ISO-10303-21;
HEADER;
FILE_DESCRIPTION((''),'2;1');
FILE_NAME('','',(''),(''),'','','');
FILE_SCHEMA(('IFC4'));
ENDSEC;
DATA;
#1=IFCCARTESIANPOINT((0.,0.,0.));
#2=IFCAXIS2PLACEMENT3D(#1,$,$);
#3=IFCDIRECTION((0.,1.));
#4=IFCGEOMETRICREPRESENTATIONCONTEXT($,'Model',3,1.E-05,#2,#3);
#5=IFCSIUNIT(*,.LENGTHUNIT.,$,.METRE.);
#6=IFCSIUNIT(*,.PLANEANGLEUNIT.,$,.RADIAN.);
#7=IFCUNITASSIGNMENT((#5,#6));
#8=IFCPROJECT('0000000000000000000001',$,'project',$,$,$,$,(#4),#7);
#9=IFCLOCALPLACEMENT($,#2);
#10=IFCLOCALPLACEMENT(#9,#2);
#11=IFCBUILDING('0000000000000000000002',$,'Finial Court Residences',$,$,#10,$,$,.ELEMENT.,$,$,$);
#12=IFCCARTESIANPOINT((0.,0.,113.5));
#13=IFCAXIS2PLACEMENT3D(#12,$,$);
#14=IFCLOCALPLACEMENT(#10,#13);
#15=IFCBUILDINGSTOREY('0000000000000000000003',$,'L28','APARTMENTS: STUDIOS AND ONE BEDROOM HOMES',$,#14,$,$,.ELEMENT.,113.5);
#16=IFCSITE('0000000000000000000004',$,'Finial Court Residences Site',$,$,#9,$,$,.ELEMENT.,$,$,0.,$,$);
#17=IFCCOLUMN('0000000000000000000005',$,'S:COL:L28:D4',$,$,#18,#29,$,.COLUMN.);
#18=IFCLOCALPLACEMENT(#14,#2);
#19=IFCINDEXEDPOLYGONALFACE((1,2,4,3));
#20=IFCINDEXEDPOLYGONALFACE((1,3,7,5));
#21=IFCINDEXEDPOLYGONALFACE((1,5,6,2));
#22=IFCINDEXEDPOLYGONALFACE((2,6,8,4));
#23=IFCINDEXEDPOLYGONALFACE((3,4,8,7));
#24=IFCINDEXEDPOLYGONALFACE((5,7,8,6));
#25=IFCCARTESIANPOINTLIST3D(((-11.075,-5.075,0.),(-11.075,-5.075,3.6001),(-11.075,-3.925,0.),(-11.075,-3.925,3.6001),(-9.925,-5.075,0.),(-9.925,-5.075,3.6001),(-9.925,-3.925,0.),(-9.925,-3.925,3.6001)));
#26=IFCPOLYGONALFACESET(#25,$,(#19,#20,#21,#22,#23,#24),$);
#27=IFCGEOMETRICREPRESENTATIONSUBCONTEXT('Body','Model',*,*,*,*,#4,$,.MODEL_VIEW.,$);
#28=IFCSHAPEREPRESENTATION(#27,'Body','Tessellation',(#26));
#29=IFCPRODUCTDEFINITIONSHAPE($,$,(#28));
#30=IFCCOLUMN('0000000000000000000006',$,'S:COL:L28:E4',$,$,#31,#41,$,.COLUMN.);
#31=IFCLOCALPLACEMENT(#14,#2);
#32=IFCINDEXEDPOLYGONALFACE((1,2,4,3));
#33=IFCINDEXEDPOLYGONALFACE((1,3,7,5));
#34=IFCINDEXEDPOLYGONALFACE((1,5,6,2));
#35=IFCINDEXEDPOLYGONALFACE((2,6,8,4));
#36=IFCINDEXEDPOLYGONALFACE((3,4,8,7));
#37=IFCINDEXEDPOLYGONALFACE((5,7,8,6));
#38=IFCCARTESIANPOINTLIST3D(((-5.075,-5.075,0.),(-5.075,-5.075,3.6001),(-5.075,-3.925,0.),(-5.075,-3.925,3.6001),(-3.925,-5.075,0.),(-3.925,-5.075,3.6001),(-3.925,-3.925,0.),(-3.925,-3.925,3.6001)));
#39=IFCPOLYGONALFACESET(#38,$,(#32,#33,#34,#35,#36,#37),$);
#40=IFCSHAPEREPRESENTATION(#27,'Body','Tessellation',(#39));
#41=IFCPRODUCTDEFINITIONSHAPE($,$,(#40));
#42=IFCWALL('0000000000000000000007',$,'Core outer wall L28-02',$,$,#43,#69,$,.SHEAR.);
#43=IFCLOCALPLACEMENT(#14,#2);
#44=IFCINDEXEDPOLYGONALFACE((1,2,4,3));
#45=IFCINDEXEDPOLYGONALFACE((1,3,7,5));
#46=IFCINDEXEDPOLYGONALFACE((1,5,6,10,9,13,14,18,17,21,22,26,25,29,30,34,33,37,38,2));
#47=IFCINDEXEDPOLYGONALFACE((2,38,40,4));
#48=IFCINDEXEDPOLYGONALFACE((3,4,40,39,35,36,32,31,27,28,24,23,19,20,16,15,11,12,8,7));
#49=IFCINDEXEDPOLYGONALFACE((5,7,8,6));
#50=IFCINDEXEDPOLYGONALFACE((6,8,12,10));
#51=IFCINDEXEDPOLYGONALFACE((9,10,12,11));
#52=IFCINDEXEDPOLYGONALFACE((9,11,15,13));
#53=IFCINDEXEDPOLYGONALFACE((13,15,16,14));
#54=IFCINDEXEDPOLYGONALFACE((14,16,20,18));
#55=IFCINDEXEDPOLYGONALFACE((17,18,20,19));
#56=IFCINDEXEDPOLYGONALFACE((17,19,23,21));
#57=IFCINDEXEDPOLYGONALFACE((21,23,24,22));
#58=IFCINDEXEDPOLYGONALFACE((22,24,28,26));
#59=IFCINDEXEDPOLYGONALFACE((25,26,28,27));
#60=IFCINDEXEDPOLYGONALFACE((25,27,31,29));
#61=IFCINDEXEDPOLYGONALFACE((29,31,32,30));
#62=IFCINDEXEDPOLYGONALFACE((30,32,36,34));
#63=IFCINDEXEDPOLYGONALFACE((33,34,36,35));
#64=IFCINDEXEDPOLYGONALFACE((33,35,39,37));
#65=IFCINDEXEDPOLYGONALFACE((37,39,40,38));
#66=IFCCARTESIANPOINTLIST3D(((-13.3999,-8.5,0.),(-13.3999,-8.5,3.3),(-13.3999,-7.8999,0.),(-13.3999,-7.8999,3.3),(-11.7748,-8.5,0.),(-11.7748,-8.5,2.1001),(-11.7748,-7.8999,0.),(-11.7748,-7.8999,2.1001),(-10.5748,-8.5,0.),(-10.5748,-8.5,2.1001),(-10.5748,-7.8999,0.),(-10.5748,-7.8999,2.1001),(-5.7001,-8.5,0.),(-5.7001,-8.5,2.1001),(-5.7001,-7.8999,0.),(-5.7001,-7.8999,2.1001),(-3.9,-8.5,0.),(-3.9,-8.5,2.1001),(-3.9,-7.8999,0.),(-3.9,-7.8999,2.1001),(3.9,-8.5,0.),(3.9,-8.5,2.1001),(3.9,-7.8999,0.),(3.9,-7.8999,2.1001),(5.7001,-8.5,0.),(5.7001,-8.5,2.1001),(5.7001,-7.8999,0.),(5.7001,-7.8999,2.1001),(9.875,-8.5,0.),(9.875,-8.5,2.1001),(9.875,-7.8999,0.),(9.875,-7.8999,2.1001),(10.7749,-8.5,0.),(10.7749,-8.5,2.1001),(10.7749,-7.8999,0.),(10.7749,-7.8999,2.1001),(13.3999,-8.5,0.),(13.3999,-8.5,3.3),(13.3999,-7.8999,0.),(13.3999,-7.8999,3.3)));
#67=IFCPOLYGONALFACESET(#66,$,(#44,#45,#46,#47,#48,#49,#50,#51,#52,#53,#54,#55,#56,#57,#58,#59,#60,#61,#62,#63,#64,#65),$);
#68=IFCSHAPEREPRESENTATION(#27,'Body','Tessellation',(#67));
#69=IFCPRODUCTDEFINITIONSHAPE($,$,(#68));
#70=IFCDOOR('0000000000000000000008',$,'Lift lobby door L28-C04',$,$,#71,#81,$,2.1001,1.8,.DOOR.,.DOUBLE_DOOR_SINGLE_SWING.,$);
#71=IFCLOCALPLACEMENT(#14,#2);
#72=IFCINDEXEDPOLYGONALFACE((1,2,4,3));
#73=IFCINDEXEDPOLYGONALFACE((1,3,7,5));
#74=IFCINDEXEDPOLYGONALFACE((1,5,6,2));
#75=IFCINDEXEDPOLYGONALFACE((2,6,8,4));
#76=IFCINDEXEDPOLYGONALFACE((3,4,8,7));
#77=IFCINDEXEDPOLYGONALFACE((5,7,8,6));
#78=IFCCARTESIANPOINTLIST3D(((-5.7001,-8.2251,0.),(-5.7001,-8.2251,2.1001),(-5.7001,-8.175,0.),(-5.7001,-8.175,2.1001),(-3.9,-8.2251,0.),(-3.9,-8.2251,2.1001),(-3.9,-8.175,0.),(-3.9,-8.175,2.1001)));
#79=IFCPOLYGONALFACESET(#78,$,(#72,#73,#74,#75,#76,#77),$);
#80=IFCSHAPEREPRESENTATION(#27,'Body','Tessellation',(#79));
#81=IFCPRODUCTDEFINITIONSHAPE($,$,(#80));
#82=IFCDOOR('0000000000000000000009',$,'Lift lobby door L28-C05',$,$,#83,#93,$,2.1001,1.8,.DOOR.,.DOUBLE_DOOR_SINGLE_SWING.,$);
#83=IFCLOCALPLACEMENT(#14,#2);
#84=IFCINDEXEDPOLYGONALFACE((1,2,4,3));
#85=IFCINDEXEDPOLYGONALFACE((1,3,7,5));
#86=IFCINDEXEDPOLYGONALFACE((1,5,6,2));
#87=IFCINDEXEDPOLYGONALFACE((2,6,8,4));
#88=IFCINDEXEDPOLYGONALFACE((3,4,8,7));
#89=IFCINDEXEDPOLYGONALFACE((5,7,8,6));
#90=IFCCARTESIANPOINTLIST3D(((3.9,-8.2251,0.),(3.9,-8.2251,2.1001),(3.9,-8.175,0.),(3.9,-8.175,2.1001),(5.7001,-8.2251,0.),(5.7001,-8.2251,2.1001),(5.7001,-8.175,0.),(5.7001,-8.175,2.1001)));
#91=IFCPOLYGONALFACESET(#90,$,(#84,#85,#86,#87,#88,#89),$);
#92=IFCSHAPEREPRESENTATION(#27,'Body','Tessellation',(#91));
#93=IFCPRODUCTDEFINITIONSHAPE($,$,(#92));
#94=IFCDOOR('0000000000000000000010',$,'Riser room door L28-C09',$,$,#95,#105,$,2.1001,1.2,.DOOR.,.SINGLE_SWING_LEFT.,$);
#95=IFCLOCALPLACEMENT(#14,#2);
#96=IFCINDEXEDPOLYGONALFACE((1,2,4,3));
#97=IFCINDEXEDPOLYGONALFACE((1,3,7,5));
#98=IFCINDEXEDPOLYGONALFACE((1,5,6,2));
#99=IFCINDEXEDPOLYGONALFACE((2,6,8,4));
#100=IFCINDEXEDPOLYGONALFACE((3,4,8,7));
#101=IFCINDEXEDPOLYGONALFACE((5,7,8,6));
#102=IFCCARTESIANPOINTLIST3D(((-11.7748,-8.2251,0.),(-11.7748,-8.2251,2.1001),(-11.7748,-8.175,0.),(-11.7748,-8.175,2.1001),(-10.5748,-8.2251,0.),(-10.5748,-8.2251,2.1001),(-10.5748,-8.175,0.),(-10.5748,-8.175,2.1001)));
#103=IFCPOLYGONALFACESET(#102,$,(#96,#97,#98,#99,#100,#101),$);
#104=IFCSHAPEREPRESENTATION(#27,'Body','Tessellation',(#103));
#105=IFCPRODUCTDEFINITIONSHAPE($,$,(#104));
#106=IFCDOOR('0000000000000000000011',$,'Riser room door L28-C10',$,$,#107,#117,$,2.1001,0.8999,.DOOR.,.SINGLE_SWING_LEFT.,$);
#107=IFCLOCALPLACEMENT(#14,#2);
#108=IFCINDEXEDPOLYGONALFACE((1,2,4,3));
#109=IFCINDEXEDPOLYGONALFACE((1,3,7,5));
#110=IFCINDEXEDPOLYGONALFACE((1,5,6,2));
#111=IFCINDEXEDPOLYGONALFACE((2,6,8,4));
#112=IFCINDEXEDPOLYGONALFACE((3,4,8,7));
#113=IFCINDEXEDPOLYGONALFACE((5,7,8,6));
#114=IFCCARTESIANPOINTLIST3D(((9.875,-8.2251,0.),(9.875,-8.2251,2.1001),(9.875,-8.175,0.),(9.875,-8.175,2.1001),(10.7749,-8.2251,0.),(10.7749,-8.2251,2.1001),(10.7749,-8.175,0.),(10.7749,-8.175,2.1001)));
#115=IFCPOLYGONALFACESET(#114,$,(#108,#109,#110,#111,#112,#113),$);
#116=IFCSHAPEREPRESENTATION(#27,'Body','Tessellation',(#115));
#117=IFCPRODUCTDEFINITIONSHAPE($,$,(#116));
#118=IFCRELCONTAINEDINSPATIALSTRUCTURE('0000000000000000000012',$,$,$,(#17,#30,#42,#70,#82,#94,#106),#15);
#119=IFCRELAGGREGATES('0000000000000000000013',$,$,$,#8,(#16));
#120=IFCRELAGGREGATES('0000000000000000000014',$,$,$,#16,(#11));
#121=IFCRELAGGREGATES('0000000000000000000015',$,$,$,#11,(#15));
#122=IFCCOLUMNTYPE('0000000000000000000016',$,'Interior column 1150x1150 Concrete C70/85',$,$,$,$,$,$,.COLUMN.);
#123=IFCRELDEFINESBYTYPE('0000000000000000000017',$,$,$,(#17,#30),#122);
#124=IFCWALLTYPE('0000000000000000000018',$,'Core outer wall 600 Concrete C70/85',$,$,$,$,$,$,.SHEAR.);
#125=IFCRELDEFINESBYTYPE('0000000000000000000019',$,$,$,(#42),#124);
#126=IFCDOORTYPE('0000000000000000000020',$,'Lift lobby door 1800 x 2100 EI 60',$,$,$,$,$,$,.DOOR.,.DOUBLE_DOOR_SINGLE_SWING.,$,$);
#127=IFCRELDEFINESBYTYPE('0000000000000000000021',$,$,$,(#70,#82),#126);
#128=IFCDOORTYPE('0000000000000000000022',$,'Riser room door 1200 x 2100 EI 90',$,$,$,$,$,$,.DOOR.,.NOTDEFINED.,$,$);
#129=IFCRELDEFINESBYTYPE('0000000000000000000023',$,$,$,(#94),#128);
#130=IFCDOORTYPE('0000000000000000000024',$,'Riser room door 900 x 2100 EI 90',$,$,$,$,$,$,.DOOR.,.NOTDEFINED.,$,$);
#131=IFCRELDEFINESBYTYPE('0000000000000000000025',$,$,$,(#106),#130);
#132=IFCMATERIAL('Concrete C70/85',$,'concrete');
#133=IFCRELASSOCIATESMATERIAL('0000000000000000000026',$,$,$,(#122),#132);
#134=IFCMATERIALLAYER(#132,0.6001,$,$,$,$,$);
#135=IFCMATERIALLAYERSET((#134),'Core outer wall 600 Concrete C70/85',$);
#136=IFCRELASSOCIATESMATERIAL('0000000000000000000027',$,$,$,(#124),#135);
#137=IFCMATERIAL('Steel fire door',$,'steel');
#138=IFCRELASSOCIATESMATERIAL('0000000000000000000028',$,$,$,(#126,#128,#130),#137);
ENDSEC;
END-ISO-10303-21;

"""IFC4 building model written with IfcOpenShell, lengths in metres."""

from ifc_helpers import new_model, si_unit, direction, frame, frame_2d, origin, origin_2d, place, context, subcontext, project, spatial, rectangle, extrude, material, layer, layer_set, material_profile, profile_set, type_object, element, fill, save


model = new_model("IFC4")

# Units and contexts
model_context = context("Model", 3, precision=1e-05, world=origin(), true_north=direction((0.0, 1.0)))
body_context = subcontext(model_context, "Body", "Model", "MODEL_VIEW")
ifc_project = project(units=[si_unit("LENGTHUNIT", "METRE"), si_unit("PLANEANGLEUNIT", "RADIAN")], contexts=[model_context])

# Site, building, storey
site_placement = place(None, origin())
site = spatial("IfcSite", under=ifc_project, at=site_placement, Name="Finial Court Residences Site", CompositionType="ELEMENT", RefElevation=0.0)
building_placement = place(site_placement, origin())
building = spatial("IfcBuilding", under=site, at=building_placement, Name="Finial Court Residences", CompositionType="ELEMENT")
storey_placement = place(building_placement, frame((0.0, 0.0, 113.5)))
storey = spatial("IfcBuildingStorey", under=building, at=storey_placement, Name="L28", Description="APARTMENTS: STUDIOS AND ONE BEDROOM HOMES", CompositionType="ELEMENT", Elevation=113.5)

# Columns
ifc_material_1 = material(Name="Concrete C70/85", Category="concrete")
ifc_material_profile = material_profile(ifc_material_1, rectangle(XDim=1.1499, YDim=1.1499, at=origin_2d()), Name="1150x1150")
ifc_profile_set = profile_set([ifc_material_profile], Name="Concrete C70/85")
column_type = type_object("IfcColumnType", Name="Interior column 1150x1150 Concrete C70/85", PredefinedType="COLUMN", material=ifc_profile_set)
for number, where, z_axis, x_axis, name in (
    (1, (-10.5, -4.5, 0.0), (0.0, 0.0, 1.0), (1.0, 0.0, 0.0), "S:COL:L28:D4"),
    (2, (-4.5, -4.5, 0.0), (0.0, 0.0, 1.0), (1.0, 0.0, 0.0), "S:COL:L28:E4"),
):
    element("IfcColumn", number, at=place(storey_placement, frame(where, z_axis=z_axis, x_axis=x_axis)), inside=storey, type_object=column_type, Name=name, PredefinedType="COLUMN", context=body_context, shape_type="SweptSolid", body=[
        extrude(rectangle(XDim=1.1499, YDim=1.1499, at=origin_2d()), origin(), (0.0, 0.0, 1.0), 3.6001),
    ])

# Wall, openings, doors
ifc_layer_1 = layer(ifc_material_1, 0.6001)
ifc_layer_set_1 = layer_set([ifc_layer_1], Name="Core outer wall 600 Concrete C70/85")
wall_type_1 = type_object("IfcWallType", Name="Core outer wall 600 Concrete C70/85", PredefinedType="SHEAR", material=ifc_layer_set_1)
wall_1_placement = place(storey_placement, frame((-13.3999, -8.2, 0.0), z_axis=(0.0, 0.0, 1.0), x_axis=(1.0, 0.0, 0.0)))
wall_1 = element("IfcWall", 3, at=wall_1_placement, inside=storey, type_object=wall_type_1, Name="Core outer wall L28-02", PredefinedType="SHEAR", context=body_context, shape_type="SweptSolid", body=[
    extrude(rectangle(XDim=26.7998, YDim=0.6001, at=frame_2d((13.3999, 0.0))), origin(), (0.0, 0.0, 1.0), 3.3),
])
opening_1_placement = place(wall_1_placement, frame((7.7, 0.0, 0.0)))
opening_1 = element("IfcOpeningElement", 4, at=opening_1_placement, cuts=wall_1, PredefinedType="OPENING", context=body_context, shape_type="SweptSolid", body=[
    extrude(rectangle(XDim=1.8, YDim=2.1001, at=frame_2d((0.8999, 1.05))), frame((0.0, 0.3101, 0.0), z_axis=(0.0, -1.0, 0.0), x_axis=(1.0, 0.0, 0.0)), (0.0, 0.0, 1.0), 0.6201),
])
opening_2_placement = place(wall_1_placement, frame((17.3, 0.0, 0.0)))
opening_2 = element("IfcOpeningElement", 5, at=opening_2_placement, cuts=wall_1, PredefinedType="OPENING", context=body_context, shape_type="SweptSolid", body=[
    extrude(rectangle(XDim=1.8, YDim=2.1001, at=frame_2d((0.8999, 1.05))), frame((0.0, 0.3101, 0.0), z_axis=(0.0, -1.0, 0.0), x_axis=(1.0, 0.0, 0.0)), (0.0, 0.0, 1.0), 0.6201),
])
opening_3_placement = place(wall_1_placement, frame((1.625, 0.0, 0.0)))
opening_3 = element("IfcOpeningElement", 6, at=opening_3_placement, cuts=wall_1, PredefinedType="OPENING", context=body_context, shape_type="SweptSolid", body=[
    extrude(rectangle(XDim=1.2, YDim=2.1001, at=frame_2d((0.6001, 1.05))), frame((0.0, 0.3101, 0.0), z_axis=(0.0, -1.0, 0.0), x_axis=(1.0, 0.0, 0.0)), (0.0, 0.0, 1.0), 0.6201),
])
opening_4_placement = place(wall_1_placement, frame((23.2749, 0.0, 0.0)))
opening_4 = element("IfcOpeningElement", 7, at=opening_4_placement, cuts=wall_1, PredefinedType="OPENING", context=body_context, shape_type="SweptSolid", body=[
    extrude(rectangle(XDim=0.8999, YDim=2.1001, at=frame_2d((0.45, 1.05))), frame((0.0, 0.3101, 0.0), z_axis=(0.0, -1.0, 0.0), x_axis=(1.0, 0.0, 0.0)), (0.0, 0.0, 1.0), 0.6201),
])
ifc_material_2 = material(Name="Steel fire door", Category="steel")
door_type_1 = type_object("IfcDoorType", Name="Lift lobby door 1800 x 2100 EI 60", OperationType="DOUBLE_DOOR_SINGLE_SWING", PredefinedType="DOOR", material=ifc_material_2)
door_1_placement = place(opening_1_placement, origin())
door_1 = element("IfcDoor", 8, at=door_1_placement, inside=storey, type_object=door_type_1, Name="Lift lobby door L28-C04", OperationType="DOUBLE_DOOR_SINGLE_SWING", OverallHeight=2.1001, OverallWidth=1.8, PredefinedType="DOOR", context=body_context, shape_type="SweptSolid", body=[
    extrude(rectangle(XDim=1.8, YDim=2.1001, at=frame_2d((0.8999, 1.05))), frame((0.0, 0.0249, 0.0), z_axis=(0.0, -1.0, 0.0), x_axis=(1.0, 0.0, 0.0)), (0.0, 0.0, 1.0), 0.05),
])
fill(opening_1, door_1)
door_2_placement = place(opening_2_placement, origin())
door_2 = element("IfcDoor", 9, at=door_2_placement, inside=storey, type_object=door_type_1, Name="Lift lobby door L28-C05", OperationType="DOUBLE_DOOR_SINGLE_SWING", OverallHeight=2.1001, OverallWidth=1.8, PredefinedType="DOOR", context=body_context, shape_type="SweptSolid", body=[
    extrude(rectangle(XDim=1.8, YDim=2.1001, at=frame_2d((0.8999, 1.05))), frame((0.0, 0.0249, 0.0), z_axis=(0.0, -1.0, 0.0), x_axis=(1.0, 0.0, 0.0)), (0.0, 0.0, 1.0), 0.05),
])
fill(opening_2, door_2)
door_type_2 = type_object("IfcDoorType", Name="Riser room door 1200 x 2100 EI 90", OperationType="NOTDEFINED", PredefinedType="DOOR", material=ifc_material_2)
door_3_placement = place(opening_3_placement, origin())
door_3 = element("IfcDoor", 10, at=door_3_placement, inside=storey, type_object=door_type_2, Name="Riser room door L28-C09", OperationType="SINGLE_SWING_LEFT", OverallHeight=2.1001, OverallWidth=1.2, PredefinedType="DOOR", context=body_context, shape_type="SweptSolid", body=[
    extrude(rectangle(XDim=1.2, YDim=2.1001, at=frame_2d((0.6001, 1.05))), frame((0.0, 0.0249, 0.0), z_axis=(0.0, -1.0, 0.0), x_axis=(1.0, 0.0, 0.0)), (0.0, 0.0, 1.0), 0.05),
])
fill(opening_3, door_3)
door_type_3 = type_object("IfcDoorType", Name="Riser room door 900 x 2100 EI 90", OperationType="NOTDEFINED", PredefinedType="DOOR", material=ifc_material_2)
door_4_placement = place(opening_4_placement, origin())
door_4 = element("IfcDoor", 11, at=door_4_placement, inside=storey, type_object=door_type_3, Name="Riser room door L28-C10", OperationType="SINGLE_SWING_LEFT", OverallHeight=2.1001, OverallWidth=0.8999, PredefinedType="DOOR", context=body_context, shape_type="SweptSolid", body=[
    extrude(rectangle(XDim=0.8999, YDim=2.1001, at=frame_2d((0.45, 1.05))), frame((0.0, 0.0249, 0.0), z_axis=(0.0, -1.0, 0.0), x_axis=(1.0, 0.0, 0.0)), (0.0, 0.0, 1.0), 0.05),
])
fill(opening_4, door_4)

save(model, "model.ifc")
